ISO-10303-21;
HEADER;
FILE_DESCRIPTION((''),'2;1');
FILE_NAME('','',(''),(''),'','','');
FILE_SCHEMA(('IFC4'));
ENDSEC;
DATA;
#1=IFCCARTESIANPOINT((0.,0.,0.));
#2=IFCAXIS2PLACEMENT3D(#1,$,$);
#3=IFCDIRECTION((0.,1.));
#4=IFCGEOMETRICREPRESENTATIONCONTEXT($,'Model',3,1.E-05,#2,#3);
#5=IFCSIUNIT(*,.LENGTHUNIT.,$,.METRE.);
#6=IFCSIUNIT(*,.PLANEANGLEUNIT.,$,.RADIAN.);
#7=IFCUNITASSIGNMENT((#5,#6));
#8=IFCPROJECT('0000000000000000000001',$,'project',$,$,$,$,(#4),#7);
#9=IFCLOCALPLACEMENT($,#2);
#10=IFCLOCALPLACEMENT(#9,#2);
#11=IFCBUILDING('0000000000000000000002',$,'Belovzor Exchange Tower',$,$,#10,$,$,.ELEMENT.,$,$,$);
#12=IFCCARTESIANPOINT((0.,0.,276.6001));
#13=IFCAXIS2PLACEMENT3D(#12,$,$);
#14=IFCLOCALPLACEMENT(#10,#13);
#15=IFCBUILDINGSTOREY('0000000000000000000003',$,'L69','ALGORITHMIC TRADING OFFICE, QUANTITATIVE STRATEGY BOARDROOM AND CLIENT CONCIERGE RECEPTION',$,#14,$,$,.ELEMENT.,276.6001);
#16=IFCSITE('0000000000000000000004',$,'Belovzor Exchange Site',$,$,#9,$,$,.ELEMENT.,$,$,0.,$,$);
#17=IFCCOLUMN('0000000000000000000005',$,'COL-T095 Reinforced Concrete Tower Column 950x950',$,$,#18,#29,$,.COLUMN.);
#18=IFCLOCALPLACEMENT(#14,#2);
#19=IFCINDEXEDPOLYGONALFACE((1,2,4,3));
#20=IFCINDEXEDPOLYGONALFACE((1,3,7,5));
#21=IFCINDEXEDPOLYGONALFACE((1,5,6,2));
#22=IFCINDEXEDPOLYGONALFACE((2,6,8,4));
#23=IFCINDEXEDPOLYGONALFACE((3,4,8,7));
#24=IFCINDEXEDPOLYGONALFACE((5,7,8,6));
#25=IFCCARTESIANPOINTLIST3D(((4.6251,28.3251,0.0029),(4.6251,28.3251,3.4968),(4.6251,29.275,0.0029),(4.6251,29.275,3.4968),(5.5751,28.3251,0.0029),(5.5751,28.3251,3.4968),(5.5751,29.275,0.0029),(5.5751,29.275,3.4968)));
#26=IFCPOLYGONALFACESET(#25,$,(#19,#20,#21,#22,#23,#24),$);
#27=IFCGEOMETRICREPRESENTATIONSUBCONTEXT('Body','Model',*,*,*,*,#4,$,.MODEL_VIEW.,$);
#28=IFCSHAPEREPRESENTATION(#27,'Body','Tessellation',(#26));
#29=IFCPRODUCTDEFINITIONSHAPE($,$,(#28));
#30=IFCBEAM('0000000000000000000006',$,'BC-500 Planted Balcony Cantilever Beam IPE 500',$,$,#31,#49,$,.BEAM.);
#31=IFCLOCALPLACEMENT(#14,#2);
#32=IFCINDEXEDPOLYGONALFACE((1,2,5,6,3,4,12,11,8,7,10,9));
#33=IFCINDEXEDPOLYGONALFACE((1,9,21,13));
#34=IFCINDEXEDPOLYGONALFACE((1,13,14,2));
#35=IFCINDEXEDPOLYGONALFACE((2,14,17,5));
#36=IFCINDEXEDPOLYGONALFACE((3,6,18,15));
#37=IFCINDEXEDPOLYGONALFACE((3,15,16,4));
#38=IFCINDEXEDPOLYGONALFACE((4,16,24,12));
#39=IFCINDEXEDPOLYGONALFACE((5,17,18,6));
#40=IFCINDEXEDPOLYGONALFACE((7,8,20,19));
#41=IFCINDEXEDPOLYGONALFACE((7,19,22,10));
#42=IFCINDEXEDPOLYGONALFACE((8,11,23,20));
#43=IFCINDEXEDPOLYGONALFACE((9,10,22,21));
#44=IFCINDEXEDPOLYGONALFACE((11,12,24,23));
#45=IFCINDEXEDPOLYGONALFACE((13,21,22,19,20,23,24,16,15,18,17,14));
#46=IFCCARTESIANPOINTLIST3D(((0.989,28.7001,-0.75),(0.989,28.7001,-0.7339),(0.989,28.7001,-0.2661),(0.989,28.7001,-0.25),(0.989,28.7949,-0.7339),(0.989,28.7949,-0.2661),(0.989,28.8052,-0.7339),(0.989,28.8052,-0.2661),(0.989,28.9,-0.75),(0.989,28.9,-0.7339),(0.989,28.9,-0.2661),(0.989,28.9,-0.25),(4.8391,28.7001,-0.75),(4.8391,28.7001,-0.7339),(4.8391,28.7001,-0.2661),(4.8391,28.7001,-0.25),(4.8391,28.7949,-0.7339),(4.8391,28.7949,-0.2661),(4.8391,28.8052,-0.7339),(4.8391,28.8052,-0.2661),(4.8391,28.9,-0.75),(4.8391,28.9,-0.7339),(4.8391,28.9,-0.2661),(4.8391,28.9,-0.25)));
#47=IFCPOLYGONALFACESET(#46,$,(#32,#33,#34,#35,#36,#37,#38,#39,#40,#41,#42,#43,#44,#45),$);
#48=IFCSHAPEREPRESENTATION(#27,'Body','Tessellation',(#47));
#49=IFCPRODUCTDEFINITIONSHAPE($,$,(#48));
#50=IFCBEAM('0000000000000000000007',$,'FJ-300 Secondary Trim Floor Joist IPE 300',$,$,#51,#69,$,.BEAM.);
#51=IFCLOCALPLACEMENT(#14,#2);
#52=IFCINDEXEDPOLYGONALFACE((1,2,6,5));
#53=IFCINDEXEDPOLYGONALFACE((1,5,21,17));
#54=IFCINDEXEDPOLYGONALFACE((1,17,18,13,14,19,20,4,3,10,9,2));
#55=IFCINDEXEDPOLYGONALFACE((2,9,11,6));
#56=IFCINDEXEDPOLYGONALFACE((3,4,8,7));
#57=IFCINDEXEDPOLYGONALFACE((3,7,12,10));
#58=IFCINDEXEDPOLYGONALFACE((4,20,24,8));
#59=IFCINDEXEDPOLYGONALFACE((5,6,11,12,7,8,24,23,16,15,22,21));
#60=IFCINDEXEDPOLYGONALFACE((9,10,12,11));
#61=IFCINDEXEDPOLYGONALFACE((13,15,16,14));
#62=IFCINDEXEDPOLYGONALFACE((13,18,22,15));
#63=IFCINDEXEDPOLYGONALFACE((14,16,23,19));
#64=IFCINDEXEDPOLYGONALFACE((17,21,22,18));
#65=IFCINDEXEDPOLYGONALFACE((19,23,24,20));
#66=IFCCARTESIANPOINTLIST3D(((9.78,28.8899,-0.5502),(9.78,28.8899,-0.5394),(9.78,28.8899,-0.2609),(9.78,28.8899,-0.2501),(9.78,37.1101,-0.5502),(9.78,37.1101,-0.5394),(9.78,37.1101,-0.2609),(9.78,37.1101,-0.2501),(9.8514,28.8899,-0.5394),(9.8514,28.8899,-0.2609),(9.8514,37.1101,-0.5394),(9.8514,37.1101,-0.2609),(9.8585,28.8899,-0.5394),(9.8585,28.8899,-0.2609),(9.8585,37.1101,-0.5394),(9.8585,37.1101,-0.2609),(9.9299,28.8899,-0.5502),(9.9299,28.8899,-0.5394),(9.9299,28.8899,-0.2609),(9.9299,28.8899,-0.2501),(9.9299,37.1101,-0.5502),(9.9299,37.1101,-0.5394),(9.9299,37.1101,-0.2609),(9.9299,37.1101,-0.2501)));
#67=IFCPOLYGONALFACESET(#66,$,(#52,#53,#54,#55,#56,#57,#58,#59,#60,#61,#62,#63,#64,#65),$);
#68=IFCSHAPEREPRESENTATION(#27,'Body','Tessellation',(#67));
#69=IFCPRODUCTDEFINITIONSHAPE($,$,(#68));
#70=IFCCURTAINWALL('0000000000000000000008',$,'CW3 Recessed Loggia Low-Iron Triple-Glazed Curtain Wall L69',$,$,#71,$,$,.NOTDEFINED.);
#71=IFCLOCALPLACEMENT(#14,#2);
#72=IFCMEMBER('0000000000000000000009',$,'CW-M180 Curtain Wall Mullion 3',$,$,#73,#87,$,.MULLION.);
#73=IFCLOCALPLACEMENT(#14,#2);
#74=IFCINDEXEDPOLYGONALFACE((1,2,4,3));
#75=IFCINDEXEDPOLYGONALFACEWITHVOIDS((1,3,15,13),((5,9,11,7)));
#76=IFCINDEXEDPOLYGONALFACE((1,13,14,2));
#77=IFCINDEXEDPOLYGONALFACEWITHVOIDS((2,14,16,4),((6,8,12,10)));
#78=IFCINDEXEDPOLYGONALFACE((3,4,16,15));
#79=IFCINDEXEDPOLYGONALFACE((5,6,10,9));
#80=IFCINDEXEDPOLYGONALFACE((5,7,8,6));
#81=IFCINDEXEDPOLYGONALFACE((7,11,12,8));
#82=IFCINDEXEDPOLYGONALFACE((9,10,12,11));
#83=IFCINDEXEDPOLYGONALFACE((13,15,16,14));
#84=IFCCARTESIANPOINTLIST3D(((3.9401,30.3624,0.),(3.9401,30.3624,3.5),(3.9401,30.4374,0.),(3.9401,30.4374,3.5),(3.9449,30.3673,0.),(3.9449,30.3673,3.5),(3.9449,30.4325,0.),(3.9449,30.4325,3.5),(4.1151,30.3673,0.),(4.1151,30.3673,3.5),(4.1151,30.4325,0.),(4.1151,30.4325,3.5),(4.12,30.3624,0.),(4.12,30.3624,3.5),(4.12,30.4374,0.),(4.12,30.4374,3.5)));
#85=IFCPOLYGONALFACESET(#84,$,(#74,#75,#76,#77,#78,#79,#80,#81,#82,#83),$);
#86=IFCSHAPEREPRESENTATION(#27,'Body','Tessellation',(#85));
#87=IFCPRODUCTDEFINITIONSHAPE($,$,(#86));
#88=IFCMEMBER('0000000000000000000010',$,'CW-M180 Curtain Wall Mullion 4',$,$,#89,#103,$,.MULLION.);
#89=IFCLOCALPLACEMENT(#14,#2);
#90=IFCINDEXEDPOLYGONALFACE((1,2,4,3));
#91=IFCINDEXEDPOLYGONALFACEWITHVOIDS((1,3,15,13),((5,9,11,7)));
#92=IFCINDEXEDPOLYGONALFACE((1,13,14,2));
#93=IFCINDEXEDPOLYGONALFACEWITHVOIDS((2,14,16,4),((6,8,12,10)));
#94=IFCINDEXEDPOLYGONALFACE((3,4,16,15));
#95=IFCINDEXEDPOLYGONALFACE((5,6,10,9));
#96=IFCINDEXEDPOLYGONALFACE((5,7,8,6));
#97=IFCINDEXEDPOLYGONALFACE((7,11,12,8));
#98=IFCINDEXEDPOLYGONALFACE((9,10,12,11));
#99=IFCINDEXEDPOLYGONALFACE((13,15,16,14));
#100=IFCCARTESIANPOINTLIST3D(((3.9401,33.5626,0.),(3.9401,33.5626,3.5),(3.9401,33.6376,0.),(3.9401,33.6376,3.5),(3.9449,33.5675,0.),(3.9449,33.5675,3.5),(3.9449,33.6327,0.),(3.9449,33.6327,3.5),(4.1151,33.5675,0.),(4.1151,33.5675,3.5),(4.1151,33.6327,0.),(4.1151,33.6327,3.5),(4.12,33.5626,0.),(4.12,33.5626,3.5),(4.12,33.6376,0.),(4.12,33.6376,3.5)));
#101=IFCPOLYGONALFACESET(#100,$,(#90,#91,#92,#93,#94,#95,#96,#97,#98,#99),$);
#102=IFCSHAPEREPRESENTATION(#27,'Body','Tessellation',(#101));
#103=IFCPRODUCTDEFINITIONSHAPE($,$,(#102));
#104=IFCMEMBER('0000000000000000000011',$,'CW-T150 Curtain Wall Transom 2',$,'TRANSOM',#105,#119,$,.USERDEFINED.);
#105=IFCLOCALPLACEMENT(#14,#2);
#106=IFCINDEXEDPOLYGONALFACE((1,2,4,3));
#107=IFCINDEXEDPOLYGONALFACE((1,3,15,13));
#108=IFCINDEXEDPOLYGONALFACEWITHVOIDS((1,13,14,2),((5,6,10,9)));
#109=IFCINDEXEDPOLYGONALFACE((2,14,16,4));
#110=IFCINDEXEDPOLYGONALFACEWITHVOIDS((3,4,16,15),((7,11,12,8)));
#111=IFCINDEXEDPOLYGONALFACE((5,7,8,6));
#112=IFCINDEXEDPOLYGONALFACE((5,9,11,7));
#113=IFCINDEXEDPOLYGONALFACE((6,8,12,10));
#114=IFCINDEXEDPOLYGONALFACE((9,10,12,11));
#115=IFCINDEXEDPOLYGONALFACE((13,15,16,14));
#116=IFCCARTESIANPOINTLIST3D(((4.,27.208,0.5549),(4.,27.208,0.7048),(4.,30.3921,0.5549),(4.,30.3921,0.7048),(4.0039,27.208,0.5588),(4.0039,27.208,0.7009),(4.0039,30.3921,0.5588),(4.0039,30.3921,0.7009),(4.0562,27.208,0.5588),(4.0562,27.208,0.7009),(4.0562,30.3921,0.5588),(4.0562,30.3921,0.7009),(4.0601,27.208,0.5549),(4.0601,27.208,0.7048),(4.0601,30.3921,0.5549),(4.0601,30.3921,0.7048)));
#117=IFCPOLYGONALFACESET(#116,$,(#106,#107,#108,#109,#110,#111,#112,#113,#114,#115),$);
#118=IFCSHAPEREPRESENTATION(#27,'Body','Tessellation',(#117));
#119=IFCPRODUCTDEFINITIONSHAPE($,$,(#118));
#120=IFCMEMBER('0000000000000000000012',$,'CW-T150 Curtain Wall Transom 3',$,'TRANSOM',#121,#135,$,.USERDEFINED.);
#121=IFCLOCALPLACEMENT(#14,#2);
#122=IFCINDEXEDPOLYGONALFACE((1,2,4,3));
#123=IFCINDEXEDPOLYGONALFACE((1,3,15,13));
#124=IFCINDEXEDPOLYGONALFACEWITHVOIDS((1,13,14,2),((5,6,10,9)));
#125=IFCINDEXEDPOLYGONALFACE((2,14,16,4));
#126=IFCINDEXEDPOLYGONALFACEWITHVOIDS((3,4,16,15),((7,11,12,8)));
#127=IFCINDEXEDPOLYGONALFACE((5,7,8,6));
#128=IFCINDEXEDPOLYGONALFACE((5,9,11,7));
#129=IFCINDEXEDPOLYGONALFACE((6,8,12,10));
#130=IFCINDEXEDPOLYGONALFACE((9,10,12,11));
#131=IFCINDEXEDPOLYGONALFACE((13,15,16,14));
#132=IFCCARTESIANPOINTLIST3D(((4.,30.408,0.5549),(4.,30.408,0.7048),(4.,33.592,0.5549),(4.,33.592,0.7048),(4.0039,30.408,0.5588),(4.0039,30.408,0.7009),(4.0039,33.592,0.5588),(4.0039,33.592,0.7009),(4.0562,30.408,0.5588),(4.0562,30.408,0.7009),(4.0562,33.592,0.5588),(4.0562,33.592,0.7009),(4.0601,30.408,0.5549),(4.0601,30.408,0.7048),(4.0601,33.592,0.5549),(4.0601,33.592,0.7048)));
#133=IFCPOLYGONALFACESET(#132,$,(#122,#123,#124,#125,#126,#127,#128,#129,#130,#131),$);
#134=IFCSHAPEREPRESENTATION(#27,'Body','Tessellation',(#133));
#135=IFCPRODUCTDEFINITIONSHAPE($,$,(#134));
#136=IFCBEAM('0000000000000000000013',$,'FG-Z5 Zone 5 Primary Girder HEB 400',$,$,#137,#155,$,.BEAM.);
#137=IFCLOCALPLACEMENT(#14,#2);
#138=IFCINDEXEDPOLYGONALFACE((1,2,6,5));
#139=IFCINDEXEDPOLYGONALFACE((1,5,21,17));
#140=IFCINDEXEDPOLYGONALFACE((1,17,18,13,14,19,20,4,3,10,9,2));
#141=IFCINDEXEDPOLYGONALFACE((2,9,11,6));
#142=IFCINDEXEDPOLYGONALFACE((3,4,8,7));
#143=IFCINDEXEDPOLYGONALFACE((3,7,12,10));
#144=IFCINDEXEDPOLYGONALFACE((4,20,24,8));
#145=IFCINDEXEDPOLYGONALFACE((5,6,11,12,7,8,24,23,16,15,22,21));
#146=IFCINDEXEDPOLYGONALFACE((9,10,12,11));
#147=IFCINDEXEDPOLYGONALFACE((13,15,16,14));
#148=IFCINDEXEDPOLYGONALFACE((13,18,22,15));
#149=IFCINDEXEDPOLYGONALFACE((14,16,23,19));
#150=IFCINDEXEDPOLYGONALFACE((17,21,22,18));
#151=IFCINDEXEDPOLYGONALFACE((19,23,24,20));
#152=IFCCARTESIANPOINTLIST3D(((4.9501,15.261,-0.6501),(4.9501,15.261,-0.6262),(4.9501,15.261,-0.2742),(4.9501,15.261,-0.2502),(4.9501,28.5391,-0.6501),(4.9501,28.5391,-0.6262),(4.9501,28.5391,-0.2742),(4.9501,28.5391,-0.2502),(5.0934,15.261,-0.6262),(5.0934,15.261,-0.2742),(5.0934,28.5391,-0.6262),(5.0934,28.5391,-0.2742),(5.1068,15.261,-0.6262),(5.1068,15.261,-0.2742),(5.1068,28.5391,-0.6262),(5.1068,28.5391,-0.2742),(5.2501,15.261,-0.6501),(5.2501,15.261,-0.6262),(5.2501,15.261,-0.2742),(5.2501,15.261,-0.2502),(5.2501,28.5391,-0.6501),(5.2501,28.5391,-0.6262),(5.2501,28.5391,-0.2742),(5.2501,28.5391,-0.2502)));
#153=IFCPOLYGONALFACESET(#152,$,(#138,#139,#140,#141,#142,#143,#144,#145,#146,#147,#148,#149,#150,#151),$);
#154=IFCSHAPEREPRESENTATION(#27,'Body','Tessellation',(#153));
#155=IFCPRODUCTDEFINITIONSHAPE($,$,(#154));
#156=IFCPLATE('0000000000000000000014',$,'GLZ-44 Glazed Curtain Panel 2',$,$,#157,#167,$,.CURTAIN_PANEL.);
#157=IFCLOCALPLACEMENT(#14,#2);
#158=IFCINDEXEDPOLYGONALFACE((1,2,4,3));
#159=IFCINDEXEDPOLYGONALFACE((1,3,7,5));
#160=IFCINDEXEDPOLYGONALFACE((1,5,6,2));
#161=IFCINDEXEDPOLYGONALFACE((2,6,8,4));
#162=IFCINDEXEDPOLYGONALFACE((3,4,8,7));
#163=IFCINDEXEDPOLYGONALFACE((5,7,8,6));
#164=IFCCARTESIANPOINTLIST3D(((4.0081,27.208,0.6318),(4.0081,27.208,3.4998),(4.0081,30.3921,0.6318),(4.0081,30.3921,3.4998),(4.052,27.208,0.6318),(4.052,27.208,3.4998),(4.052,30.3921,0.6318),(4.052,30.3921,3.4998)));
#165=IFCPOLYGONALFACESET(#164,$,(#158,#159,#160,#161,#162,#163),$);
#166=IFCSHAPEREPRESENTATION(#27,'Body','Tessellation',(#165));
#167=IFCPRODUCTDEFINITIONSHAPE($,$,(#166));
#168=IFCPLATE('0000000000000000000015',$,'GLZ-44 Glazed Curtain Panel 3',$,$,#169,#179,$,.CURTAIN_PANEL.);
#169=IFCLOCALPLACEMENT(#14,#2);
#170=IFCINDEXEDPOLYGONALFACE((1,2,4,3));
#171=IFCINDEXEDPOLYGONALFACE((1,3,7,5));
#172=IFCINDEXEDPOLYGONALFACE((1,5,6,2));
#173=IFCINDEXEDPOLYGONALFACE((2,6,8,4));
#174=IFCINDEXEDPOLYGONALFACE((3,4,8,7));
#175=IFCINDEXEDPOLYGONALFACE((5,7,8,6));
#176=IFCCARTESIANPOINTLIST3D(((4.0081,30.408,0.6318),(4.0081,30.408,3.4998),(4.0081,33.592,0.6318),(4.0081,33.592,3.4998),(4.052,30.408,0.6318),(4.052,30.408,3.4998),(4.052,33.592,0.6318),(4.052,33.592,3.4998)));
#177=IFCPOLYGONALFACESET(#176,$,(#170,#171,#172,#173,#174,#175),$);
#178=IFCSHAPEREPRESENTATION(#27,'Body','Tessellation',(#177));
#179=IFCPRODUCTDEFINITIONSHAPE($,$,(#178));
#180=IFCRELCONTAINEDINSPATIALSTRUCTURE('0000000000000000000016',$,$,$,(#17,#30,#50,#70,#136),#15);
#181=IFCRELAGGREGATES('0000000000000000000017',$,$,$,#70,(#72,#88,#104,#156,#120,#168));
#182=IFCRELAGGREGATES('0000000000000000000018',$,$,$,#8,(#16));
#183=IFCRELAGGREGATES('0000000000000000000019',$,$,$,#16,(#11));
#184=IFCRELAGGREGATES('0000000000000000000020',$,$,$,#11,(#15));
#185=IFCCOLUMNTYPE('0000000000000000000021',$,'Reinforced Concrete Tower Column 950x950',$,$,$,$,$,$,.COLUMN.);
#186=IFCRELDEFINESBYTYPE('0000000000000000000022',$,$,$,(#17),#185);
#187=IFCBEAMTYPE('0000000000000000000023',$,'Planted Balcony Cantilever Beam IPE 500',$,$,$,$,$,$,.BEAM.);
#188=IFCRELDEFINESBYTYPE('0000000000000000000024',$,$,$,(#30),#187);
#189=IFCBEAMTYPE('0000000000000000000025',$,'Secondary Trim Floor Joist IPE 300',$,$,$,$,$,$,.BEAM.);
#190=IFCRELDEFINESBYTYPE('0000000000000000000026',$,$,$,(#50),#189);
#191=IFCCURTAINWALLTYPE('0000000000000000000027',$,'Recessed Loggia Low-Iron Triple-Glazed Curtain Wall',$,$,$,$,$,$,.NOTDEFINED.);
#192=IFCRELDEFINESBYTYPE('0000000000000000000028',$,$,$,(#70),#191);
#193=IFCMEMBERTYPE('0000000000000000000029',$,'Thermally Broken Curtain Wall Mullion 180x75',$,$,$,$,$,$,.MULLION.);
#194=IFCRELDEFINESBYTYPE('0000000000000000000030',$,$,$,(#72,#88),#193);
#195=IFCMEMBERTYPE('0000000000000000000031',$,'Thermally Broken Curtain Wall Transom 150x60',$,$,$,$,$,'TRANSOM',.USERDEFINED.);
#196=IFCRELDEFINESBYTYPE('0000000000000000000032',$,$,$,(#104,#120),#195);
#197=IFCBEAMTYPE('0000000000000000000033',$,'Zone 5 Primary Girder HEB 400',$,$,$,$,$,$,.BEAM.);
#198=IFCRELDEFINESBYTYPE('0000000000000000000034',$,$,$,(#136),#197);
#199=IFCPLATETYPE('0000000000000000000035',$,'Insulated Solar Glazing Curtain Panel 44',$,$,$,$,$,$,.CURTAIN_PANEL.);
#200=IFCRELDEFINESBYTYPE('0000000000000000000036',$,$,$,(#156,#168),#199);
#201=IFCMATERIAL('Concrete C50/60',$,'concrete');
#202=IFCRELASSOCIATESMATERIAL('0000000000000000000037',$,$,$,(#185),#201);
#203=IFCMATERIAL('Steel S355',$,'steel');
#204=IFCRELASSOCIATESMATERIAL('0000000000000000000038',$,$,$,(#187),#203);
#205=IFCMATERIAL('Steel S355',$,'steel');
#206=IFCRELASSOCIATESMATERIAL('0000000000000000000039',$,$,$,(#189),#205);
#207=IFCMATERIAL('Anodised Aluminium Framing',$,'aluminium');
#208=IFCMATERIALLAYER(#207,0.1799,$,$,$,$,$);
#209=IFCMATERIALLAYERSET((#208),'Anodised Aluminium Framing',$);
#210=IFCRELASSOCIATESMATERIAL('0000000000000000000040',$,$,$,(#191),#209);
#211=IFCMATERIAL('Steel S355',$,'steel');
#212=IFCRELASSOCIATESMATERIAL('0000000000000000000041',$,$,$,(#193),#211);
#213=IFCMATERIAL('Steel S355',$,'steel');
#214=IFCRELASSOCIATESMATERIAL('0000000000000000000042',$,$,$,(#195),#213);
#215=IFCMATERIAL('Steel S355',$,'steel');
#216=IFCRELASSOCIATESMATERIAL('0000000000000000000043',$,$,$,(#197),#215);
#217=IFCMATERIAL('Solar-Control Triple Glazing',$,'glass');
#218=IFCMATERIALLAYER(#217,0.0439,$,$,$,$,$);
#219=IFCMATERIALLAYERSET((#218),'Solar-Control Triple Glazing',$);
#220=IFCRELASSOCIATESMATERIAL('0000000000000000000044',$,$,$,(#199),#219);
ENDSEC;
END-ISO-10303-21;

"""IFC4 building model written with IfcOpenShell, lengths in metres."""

from ifc_helpers import new_model, si_unit, direction, frame, origin, origin_2d, place, context, subcontext, project, spatial, rectangle, hollow_rectangle, i_section, extrude, material, layer, layer_set, material_profile, profile_set, type_object, element, aggregate, save


model = new_model("IFC4")

# Units and contexts
model_context = context("Model", 3, precision=1e-05, world=origin(), true_north=direction((0.0, 1.0)))
body_context = subcontext(model_context, "Body", "Model", "MODEL_VIEW")
ifc_project = project(units=[si_unit("LENGTHUNIT", "METRE"), si_unit("PLANEANGLEUNIT", "RADIAN")], contexts=[model_context])

# Site, building, storey
site_placement = place(None, origin())
site = spatial("IfcSite", under=ifc_project, at=site_placement, Name="Belovzor Exchange Site", CompositionType="ELEMENT", RefElevation=0.0)
building_placement = place(site_placement, origin())
building = spatial("IfcBuilding", under=site, at=building_placement, Name="Belovzor Exchange Tower", CompositionType="ELEMENT")
storey_placement = place(building_placement, frame((0.0, 0.0, 276.6001)))
storey = spatial("IfcBuildingStorey", under=building, at=storey_placement, Name="L69", Description="ALGORITHMIC TRADING OFFICE, QUANTITATIVE STRATEGY BOARDROOM AND CLIENT CONCIERGE RECEPTION", CompositionType="ELEMENT", Elevation=276.6001)

# Column
ifc_material_1 = material(Name="Concrete C50/60", Category="concrete")
ifc_material_profile_1 = material_profile(ifc_material_1, rectangle(XDim=0.95, YDim=0.95, at=origin_2d()))
ifc_profile_set_1 = profile_set([ifc_material_profile_1], Name="Concrete C50/60")
column_type = type_object("IfcColumnType", Name="Reinforced Concrete Tower Column 950x950", PredefinedType="COLUMN", material=ifc_profile_set_1)
column_placement = place(storey_placement, frame((5.1001, 28.8, 0.0029), z_axis=(0.0, 0.0, 1.0), x_axis=(1.0, 0.0, 0.0)))
element("IfcColumn", 1, at=column_placement, inside=storey, type_object=column_type, Name="COL-T095 Reinforced Concrete Tower Column 950x950", PredefinedType="COLUMN", context=body_context, shape_type="SweptSolid", body=[
    extrude(rectangle(XDim=0.95, YDim=0.95, at=origin_2d()), origin(), (0.0, 0.0, 1.0), 3.4939),
])

# Beams
ifc_material_2 = material(Name="Steel S355", Category="steel")
ifc_material_profile_2 = material_profile(ifc_material_2, i_section(OverallWidth=0.2, OverallDepth=0.5, WebThickness=0.0103, FlangeThickness=0.0161, at=origin_2d()))
ifc_profile_set_2 = profile_set([ifc_material_profile_2], Name="Steel S355")
beam_type_1 = type_object("IfcBeamType", Name="Planted Balcony Cantilever Beam IPE 500", PredefinedType="BEAM", material=ifc_profile_set_2)
beam_1_placement = place(storey_placement, frame((4.8391, 28.8, -0.5), z_axis=(-1.0, 0.0, 0.0), x_axis=(0.0, -1.0, 0.0)))
element("IfcBeam", 2, at=beam_1_placement, inside=storey, type_object=beam_type_1, Name="BC-500 Planted Balcony Cantilever Beam IPE 500", PredefinedType="BEAM", context=body_context, shape_type="SweptSolid", body=[
    extrude(i_section(OverallWidth=0.2, OverallDepth=0.5, WebThickness=0.0103, FlangeThickness=0.0161, at=origin_2d()), origin(), (0.0, 0.0, 1.0), 3.8501),
])
ifc_material_3 = material(Name="Steel S355", Category="steel")
ifc_material_profile_3 = material_profile(ifc_material_3, i_section(OverallWidth=0.1499, OverallDepth=0.3, WebThickness=0.0071, FlangeThickness=0.0107, at=origin_2d()))
ifc_profile_set_3 = profile_set([ifc_material_profile_3], Name="Steel S355")
beam_type_2 = type_object("IfcBeamType", Name="Secondary Trim Floor Joist IPE 300", PredefinedType="BEAM", material=ifc_profile_set_3)
beam_2_placement = place(storey_placement, frame((9.855, 28.8899, -0.4001), z_axis=(0.0, 1.0, 0.0), x_axis=(-1.0, 0.0, 0.0)))
element("IfcBeam", 3, at=beam_2_placement, inside=storey, type_object=beam_type_2, Name="FJ-300 Secondary Trim Floor Joist IPE 300", PredefinedType="BEAM", context=body_context, shape_type="SweptSolid", body=[
    extrude(i_section(OverallWidth=0.1499, OverallDepth=0.3, WebThickness=0.0071, FlangeThickness=0.0107, at=origin_2d()), origin(), (0.0, 0.0, 1.0), 8.2202),
])

# Curtain wall, members
ifc_material_4 = material(Name="Anodised Aluminium Framing", Category="aluminium")
ifc_layer_1 = layer(ifc_material_4, 0.1799)
ifc_layer_set_1 = layer_set([ifc_layer_1], Name="Anodised Aluminium Framing")
curtain_wall_type = type_object("IfcCurtainWallType", Name="Recessed Loggia Low-Iron Triple-Glazed Curtain Wall", PredefinedType="NOTDEFINED", material=ifc_layer_set_1)
curtain_wall_placement = place(storey_placement, origin())
curtain_wall = element("IfcCurtainWall", 4, at=curtain_wall_placement, inside=storey, type_object=curtain_wall_type, Name="CW3 Recessed Loggia Low-Iron Triple-Glazed Curtain Wall L69", PredefinedType="NOTDEFINED")
ifc_material_5 = material(Name="Steel S355", Category="steel")
ifc_material_profile_4 = material_profile(ifc_material_5, hollow_rectangle(XDim=0.075, YDim=0.1799, WallThickness=0.0049, at=origin_2d()))
ifc_profile_set_4 = profile_set([ifc_material_profile_4], Name="Steel S355")
member_type_1 = type_object("IfcMemberType", Name="Thermally Broken Curtain Wall Mullion 180x75", PredefinedType="MULLION", material=ifc_profile_set_4)
member_1_placement = place(storey_placement, frame((4.03, 30.3999, 0.0), z_axis=(0.0, 0.0, 1.0), x_axis=(0.0, 1.0, 0.0)))
member_1 = element("IfcMember", 5, at=member_1_placement, type_object=member_type_1, Name="CW-M180 Curtain Wall Mullion 3", PredefinedType="MULLION", context=body_context, shape_type="SweptSolid", body=[
    extrude(hollow_rectangle(XDim=0.075, YDim=0.1799, WallThickness=0.0049, at=origin_2d()), origin(), (0.0, 0.0, 1.0), 3.5),
])
member_2_placement = place(storey_placement, frame((4.03, 33.6001, 0.0), z_axis=(0.0, 0.0, 1.0), x_axis=(0.0, 1.0, 0.0)))
member_2 = element("IfcMember", 6, at=member_2_placement, type_object=member_type_1, Name="CW-M180 Curtain Wall Mullion 4", PredefinedType="MULLION", context=body_context, shape_type="SweptSolid", body=[
    extrude(hollow_rectangle(XDim=0.075, YDim=0.1799, WallThickness=0.0049, at=origin_2d()), origin(), (0.0, 0.0, 1.0), 3.5),
])
ifc_material_6 = material(Name="Steel S355", Category="steel")
ifc_material_profile_5 = material_profile(ifc_material_6, hollow_rectangle(XDim=0.0601, YDim=0.1499, WallThickness=0.0039, at=origin_2d()))
ifc_profile_set_5 = profile_set([ifc_material_profile_5], Name="Steel S355")
member_type_2 = type_object("IfcMemberType", Name="Thermally Broken Curtain Wall Transom 150x60", ElementType="TRANSOM", PredefinedType="USERDEFINED", material=ifc_profile_set_5)
member_3_placement = place(storey_placement, frame((4.03, 27.208, 0.6299), z_axis=(0.0, 1.0, 0.0), x_axis=(-1.0, 0.0, 0.0)))
member_3 = element("IfcMember", 7, at=member_3_placement, type_object=member_type_2, Name="CW-T150 Curtain Wall Transom 2", ObjectType="TRANSOM", PredefinedType="USERDEFINED", context=body_context, shape_type="SweptSolid", body=[
    extrude(hollow_rectangle(XDim=0.0601, YDim=0.1499, WallThickness=0.0039, at=origin_2d()), origin(), (0.0, 0.0, 1.0), 3.1841),
])
member_4_placement = place(storey_placement, frame((4.03, 30.408, 0.6299), z_axis=(0.0, 1.0, 0.0), x_axis=(-1.0, 0.0, 0.0)))
member_4 = element("IfcMember", 8, at=member_4_placement, type_object=member_type_2, Name="CW-T150 Curtain Wall Transom 3", ObjectType="TRANSOM", PredefinedType="USERDEFINED", context=body_context, shape_type="SweptSolid", body=[
    extrude(hollow_rectangle(XDim=0.0601, YDim=0.1499, WallThickness=0.0039, at=origin_2d()), origin(), (0.0, 0.0, 1.0), 3.1841),
])

# Beam
ifc_material_7 = material(Name="Steel S355", Category="steel")
ifc_material_profile_6 = material_profile(ifc_material_7, i_section(OverallWidth=0.3, OverallDepth=0.3999, WebThickness=0.0134, FlangeThickness=0.0239, at=origin_2d()))
ifc_profile_set_6 = profile_set([ifc_material_profile_6], Name="Steel S355")
beam_type_3 = type_object("IfcBeamType", Name="Zone 5 Primary Girder HEB 400", PredefinedType="BEAM", material=ifc_profile_set_6)
beam_3_placement = place(storey_placement, frame((5.1001, 28.5391, -0.4502), z_axis=(0.0, -1.0, 0.0), x_axis=(1.0, 0.0, 0.0)))
element("IfcBeam", 9, at=beam_3_placement, inside=storey, type_object=beam_type_3, Name="FG-Z5 Zone 5 Primary Girder HEB 400", PredefinedType="BEAM", context=body_context, shape_type="SweptSolid", body=[
    extrude(i_section(OverallWidth=0.3, OverallDepth=0.3999, WebThickness=0.0134, FlangeThickness=0.0239, at=origin_2d()), origin(), (0.0, 0.0, 1.0), 13.2781),
])

# Plates
ifc_material_8 = material(Name="Solar-Control Triple Glazing", Category="glass")
ifc_layer_2 = layer(ifc_material_8, 0.0439)
ifc_layer_set_2 = layer_set([ifc_layer_2], Name="Solar-Control Triple Glazing")
plate_type_1 = type_object("IfcPlateType", Name="Insulated Solar Glazing Curtain Panel 44", PredefinedType="CURTAIN_PANEL", material=ifc_layer_set_2)
plate_1_placement = place(storey_placement, frame((4.03, 28.8, 0.6318), z_axis=(0.0, 0.0, 1.0), x_axis=(0.0, 1.0, 0.0)))
plate_1 = element("IfcPlate", 10, at=plate_1_placement, type_object=plate_type_1, Name="GLZ-44 Glazed Curtain Panel 2", PredefinedType="CURTAIN_PANEL", context=body_context, shape_type="SweptSolid", body=[
    extrude(rectangle(XDim=3.1841, YDim=0.0439, at=origin_2d()), origin(), (0.0, 0.0, 1.0), 2.8679),
])
plate_2_placement = place(storey_placement, frame((4.03, 32.0, 0.6318), z_axis=(0.0, 0.0, 1.0), x_axis=(0.0, 1.0, 0.0)))
plate_2 = element("IfcPlate", 11, at=plate_2_placement, type_object=plate_type_1, Name="GLZ-44 Glazed Curtain Panel 3", PredefinedType="CURTAIN_PANEL", context=body_context, shape_type="SweptSolid", body=[
    extrude(rectangle(XDim=3.1841, YDim=0.0439, at=origin_2d()), origin(), (0.0, 0.0, 1.0), 2.8679),
])
aggregate(curtain_wall, [member_1, member_2, member_3, plate_1, member_4, plate_2])

save(model, "model.ifc")
